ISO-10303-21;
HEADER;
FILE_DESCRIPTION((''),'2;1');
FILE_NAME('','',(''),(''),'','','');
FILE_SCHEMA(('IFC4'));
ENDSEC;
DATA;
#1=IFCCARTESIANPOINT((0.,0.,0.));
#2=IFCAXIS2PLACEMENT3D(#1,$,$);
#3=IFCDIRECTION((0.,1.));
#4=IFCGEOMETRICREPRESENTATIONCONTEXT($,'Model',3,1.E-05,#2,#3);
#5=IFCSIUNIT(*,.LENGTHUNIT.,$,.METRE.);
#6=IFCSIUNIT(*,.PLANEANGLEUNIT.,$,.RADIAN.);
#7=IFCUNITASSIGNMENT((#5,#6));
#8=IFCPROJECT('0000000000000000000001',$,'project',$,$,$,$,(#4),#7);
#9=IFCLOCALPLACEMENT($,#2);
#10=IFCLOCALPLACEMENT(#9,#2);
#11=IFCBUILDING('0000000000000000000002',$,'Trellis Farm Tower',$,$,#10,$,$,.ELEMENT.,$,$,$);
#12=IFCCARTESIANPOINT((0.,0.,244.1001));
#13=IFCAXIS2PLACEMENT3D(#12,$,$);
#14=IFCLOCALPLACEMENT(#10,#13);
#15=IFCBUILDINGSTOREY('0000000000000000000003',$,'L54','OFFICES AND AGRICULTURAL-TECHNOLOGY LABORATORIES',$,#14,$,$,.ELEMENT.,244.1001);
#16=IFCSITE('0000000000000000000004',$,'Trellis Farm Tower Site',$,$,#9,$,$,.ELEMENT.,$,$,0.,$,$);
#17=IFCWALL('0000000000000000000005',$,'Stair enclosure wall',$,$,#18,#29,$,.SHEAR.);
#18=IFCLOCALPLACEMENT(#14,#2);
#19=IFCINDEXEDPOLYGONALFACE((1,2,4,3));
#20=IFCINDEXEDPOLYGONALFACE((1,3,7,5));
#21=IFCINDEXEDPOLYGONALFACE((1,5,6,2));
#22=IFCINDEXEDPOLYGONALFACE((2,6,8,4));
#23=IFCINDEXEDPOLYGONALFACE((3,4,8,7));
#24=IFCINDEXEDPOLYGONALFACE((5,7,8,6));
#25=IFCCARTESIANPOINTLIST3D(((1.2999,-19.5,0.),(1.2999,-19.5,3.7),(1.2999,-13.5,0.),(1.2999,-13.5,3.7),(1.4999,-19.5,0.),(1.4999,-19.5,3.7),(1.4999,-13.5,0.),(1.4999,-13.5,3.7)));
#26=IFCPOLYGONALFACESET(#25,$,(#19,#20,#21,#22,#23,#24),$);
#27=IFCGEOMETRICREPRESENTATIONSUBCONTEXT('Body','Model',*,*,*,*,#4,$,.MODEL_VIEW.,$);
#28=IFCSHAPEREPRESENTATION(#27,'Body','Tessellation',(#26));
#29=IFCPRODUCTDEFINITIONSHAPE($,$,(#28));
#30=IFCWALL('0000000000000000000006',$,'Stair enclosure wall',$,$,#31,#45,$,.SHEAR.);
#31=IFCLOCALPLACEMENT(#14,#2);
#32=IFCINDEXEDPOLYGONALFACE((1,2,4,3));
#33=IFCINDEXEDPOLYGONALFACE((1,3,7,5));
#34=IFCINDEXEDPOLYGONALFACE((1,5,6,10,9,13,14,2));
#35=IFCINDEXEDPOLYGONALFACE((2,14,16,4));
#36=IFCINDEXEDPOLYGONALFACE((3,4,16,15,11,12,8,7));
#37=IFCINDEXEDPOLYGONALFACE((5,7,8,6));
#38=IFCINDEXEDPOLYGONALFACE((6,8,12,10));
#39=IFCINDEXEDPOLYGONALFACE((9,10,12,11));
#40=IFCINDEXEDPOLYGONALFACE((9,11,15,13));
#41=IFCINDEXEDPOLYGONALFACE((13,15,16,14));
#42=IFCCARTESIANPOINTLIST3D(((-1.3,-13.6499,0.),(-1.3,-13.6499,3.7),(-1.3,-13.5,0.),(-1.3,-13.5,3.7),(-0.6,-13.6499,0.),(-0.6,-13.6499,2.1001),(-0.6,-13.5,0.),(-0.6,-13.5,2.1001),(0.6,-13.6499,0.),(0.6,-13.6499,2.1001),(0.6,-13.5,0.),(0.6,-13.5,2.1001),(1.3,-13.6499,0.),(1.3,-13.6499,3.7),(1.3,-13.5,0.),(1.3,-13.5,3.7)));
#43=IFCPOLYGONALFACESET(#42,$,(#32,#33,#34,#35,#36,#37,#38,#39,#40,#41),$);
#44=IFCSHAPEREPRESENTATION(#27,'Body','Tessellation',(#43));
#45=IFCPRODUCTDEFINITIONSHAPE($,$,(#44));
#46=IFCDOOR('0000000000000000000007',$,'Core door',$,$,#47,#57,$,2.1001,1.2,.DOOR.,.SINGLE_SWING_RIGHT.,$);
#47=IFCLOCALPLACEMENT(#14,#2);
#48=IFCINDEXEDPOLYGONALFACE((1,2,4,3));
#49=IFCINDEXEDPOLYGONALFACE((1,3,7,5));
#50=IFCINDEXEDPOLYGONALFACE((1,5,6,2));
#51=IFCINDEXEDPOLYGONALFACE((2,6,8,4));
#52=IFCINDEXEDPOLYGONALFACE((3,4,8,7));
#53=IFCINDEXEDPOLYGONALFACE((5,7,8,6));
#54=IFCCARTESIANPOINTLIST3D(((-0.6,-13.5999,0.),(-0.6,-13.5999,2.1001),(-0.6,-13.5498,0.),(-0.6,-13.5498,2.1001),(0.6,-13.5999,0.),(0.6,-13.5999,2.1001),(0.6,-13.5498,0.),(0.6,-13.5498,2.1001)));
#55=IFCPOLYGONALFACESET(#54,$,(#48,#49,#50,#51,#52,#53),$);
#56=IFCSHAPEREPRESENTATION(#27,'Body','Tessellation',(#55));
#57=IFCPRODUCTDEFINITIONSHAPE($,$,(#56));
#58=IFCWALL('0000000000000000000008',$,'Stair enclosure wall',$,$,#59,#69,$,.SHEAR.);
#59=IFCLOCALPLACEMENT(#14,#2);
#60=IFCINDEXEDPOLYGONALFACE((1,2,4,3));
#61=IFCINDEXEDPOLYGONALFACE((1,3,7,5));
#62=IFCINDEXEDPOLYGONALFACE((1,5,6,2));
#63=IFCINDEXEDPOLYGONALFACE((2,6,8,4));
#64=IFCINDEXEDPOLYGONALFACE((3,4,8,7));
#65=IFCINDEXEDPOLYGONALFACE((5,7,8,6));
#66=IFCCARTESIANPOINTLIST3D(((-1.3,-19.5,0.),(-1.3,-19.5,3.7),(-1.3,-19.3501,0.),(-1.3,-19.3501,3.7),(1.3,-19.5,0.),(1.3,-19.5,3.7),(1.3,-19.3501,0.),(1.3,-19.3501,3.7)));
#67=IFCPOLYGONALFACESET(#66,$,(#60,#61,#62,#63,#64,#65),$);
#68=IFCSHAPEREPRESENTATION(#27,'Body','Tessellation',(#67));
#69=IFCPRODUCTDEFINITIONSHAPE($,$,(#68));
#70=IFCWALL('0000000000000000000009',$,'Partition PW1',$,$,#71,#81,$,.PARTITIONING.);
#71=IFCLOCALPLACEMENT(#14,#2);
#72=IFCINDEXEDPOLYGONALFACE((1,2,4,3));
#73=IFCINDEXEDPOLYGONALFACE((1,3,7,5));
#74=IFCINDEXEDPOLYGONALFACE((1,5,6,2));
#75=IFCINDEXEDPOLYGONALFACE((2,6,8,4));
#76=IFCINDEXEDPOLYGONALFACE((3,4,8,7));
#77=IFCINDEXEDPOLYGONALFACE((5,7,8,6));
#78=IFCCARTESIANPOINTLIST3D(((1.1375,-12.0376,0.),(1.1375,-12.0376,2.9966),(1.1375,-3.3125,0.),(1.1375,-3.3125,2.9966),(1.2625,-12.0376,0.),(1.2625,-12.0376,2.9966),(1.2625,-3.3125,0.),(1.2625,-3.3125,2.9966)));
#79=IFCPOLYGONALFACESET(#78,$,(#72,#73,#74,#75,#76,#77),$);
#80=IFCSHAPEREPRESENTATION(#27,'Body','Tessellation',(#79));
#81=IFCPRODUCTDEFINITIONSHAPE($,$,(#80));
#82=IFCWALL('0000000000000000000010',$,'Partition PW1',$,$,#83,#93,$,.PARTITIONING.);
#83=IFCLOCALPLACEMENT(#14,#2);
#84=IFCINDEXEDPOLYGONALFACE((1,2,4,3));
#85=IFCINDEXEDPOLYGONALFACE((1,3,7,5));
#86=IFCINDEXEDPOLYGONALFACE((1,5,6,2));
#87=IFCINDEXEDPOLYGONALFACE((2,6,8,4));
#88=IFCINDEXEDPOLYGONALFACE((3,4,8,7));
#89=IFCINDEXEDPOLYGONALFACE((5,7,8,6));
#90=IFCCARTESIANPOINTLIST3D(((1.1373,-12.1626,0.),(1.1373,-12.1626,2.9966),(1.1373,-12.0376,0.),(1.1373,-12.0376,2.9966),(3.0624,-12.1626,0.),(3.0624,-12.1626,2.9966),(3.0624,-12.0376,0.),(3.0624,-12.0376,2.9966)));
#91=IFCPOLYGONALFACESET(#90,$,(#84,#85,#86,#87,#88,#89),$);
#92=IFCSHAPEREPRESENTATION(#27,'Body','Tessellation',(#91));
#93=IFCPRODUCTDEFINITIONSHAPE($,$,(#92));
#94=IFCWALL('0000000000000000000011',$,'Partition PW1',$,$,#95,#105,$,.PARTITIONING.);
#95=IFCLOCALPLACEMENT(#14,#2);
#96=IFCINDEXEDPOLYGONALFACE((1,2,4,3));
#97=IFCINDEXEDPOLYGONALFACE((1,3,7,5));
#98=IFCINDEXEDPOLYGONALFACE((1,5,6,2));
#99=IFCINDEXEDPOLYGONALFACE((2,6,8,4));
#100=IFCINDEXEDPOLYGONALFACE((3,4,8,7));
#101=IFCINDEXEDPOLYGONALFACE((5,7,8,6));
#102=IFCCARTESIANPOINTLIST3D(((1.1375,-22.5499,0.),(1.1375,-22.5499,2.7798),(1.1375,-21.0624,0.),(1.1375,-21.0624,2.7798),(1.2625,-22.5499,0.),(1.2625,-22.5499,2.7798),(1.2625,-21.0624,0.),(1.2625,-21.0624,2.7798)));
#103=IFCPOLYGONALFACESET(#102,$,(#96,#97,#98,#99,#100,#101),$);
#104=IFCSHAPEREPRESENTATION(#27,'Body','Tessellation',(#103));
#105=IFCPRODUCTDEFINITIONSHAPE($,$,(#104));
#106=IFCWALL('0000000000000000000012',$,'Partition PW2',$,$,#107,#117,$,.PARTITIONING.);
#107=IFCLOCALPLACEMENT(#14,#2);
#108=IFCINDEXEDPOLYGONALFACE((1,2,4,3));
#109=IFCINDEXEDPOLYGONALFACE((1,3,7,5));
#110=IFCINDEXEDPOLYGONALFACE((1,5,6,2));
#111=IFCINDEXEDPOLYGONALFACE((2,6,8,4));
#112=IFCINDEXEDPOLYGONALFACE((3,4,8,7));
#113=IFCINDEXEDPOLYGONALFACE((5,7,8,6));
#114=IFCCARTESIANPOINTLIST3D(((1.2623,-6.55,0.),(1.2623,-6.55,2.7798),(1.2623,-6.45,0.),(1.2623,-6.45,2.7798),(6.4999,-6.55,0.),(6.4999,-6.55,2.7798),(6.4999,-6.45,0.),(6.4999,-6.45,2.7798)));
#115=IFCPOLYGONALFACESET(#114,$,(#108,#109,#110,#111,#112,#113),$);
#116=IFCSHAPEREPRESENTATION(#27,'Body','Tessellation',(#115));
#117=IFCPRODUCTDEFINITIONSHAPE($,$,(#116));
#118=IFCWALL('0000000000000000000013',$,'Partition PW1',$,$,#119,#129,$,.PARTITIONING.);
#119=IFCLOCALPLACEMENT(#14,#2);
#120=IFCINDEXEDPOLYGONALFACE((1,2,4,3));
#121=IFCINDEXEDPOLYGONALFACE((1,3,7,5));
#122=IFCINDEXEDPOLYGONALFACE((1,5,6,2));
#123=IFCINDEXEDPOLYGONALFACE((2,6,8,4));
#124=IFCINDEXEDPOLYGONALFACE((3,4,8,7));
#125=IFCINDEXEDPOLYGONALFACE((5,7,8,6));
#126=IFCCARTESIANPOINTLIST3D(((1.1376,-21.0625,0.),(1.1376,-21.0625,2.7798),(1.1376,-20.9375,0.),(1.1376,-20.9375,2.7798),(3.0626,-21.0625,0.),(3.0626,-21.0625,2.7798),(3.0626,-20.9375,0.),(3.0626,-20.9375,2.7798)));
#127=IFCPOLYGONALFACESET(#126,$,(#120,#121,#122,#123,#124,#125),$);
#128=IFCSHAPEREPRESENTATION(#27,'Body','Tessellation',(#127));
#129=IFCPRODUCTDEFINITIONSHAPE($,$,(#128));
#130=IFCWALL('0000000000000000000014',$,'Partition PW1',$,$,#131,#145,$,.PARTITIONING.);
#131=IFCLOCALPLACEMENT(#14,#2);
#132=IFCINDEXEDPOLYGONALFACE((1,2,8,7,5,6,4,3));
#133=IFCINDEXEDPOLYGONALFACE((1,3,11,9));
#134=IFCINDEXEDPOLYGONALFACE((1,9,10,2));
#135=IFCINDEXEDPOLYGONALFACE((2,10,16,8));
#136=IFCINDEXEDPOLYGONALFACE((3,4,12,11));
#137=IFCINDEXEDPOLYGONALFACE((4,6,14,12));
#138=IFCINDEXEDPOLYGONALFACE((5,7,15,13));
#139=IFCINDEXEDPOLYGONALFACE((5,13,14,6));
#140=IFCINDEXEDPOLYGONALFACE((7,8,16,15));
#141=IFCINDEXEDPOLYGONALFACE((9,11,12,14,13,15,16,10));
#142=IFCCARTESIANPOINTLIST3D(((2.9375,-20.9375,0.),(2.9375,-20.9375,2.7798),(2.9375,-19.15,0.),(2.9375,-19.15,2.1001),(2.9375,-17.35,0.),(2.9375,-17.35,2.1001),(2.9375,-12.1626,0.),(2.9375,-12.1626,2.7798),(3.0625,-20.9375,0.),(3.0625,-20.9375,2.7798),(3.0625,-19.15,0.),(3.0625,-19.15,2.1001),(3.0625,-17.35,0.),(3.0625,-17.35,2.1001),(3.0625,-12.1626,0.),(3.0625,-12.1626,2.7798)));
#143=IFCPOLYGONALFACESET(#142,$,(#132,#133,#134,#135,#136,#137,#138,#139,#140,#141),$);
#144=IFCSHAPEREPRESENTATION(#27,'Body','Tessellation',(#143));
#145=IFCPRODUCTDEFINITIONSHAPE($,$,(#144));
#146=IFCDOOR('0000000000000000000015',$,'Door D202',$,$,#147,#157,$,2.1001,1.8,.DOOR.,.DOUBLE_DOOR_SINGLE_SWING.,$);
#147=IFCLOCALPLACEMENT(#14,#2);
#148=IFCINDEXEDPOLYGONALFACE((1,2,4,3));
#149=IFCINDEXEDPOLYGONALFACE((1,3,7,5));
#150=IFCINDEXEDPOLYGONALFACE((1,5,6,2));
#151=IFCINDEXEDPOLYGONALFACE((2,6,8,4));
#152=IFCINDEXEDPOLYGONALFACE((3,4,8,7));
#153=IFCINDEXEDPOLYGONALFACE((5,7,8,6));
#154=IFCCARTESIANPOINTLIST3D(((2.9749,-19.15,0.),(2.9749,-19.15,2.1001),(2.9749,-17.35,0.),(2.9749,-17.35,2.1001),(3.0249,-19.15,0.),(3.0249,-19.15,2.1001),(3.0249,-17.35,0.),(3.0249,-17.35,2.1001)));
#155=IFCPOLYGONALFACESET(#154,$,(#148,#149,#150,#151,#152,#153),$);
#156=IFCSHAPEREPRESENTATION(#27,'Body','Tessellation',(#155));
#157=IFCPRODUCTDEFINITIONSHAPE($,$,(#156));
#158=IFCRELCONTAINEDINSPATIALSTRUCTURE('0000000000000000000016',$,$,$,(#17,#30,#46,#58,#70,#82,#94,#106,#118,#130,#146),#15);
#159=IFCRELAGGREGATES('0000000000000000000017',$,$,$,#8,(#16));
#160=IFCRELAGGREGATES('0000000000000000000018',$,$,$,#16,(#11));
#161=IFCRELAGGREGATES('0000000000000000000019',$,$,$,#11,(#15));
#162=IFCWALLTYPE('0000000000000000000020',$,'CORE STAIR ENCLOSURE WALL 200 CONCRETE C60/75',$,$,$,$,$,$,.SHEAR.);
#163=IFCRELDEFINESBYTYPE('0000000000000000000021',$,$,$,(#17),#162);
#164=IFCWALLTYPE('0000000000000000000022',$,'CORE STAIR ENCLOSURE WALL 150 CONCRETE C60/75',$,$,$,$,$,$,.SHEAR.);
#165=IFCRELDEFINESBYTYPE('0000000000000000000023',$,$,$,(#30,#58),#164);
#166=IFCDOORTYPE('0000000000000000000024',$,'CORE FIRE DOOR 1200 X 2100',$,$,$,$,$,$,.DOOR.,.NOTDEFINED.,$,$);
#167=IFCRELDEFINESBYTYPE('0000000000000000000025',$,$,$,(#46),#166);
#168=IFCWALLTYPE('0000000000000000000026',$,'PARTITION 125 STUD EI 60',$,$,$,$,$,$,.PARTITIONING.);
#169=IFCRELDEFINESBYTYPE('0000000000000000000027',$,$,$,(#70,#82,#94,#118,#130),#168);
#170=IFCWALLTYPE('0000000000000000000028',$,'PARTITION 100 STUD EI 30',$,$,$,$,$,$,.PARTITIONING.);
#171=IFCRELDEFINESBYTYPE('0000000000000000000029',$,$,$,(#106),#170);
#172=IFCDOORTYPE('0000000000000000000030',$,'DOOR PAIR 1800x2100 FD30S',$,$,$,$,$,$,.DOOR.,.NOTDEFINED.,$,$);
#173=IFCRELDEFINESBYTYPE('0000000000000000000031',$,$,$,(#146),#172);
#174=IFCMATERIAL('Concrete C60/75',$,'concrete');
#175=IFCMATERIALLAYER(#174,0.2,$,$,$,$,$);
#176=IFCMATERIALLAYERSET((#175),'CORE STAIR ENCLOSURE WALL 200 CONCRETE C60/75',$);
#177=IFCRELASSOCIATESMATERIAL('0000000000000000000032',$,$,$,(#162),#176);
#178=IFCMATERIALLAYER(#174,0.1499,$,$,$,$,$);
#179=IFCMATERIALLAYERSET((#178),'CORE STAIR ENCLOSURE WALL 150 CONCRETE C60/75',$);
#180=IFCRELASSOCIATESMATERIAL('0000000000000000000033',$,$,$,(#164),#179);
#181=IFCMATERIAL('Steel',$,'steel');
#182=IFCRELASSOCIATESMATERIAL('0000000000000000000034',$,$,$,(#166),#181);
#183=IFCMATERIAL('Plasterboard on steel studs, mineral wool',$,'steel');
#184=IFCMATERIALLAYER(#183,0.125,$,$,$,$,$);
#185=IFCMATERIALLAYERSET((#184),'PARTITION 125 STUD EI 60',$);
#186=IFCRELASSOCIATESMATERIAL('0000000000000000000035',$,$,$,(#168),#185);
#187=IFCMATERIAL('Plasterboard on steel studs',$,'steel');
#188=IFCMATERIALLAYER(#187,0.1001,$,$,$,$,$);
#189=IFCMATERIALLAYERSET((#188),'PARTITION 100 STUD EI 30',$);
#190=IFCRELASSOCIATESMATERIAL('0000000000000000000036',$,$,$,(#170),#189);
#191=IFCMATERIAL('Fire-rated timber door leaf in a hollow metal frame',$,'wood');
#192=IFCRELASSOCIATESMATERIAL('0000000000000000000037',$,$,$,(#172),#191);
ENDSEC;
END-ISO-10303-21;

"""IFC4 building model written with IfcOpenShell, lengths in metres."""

from ifc_helpers import new_model, si_unit, direction, frame, frame_2d, origin, place, context, subcontext, project, spatial, rectangle, extrude, source, transform, mapped, material, layer, layer_set, type_object, element, fill, save


model = new_model("IFC4")

# Units and contexts
model_context = context("Model", 3, precision=1e-05, world=origin(), true_north=direction((0.0, 1.0)))
body_context = subcontext(model_context, "Body", "Model", "MODEL_VIEW")
ifc_project = project(units=[si_unit("LENGTHUNIT", "METRE"), si_unit("PLANEANGLEUNIT", "RADIAN")], contexts=[model_context])

# Site, building, storey
site_placement = place(None, origin())
site = spatial("IfcSite", under=ifc_project, at=site_placement, Name="Trellis Farm Tower Site", CompositionType="ELEMENT", RefElevation=0.0)
building_placement = place(site_placement, origin())
building = spatial("IfcBuilding", under=site, at=building_placement, Name="Trellis Farm Tower", CompositionType="ELEMENT")
storey_placement = place(building_placement, frame((0.0, 0.0, 244.1001)))
storey = spatial("IfcBuildingStorey", under=building, at=storey_placement, Name="L54", Description="OFFICES AND AGRICULTURAL-TECHNOLOGY LABORATORIES", CompositionType="ELEMENT", Elevation=244.1001)

# Shared definitions
ifc_material_1 = material(Name="Concrete C60/75", Category="concrete")

# Wall
ifc_layer_1 = layer(ifc_material_1, 0.2)
ifc_layer_set_1 = layer_set([ifc_layer_1], Name="CORE STAIR ENCLOSURE WALL 200 CONCRETE C60/75")
wall_type_1 = type_object("IfcWallType", Name="CORE STAIR ENCLOSURE WALL 200 CONCRETE C60/75", PredefinedType="SHEAR", material=ifc_layer_set_1)
shared_shape_1 = source(origin(), body_context, "Body", "SweptSolid", [
    extrude(rectangle(XDim=6.0, YDim=0.2, at=frame_2d((3.0, 0.0))), origin(), (0.0, 0.0, 1.0), 3.7),
])
wall_1_placement = place(storey_placement, frame((1.3999, -13.5, 0.0), z_axis=(0.0, 0.0, 1.0), x_axis=(0.0, -1.0, 0.0)))
element("IfcWall", 1, at=wall_1_placement, inside=storey, type_object=wall_type_1, Name="Stair enclosure wall", PredefinedType="SHEAR", context=body_context, shape_type="MappedRepresentation", body=[
    mapped(shared_shape_1, transform((0.0, 0.0, 0.0))),
])

# Wall, opening, door
ifc_layer_2 = layer(ifc_material_1, 0.1499)
ifc_layer_set_2 = layer_set([ifc_layer_2], Name="CORE STAIR ENCLOSURE WALL 150 CONCRETE C60/75")
wall_type_2 = type_object("IfcWallType", Name="CORE STAIR ENCLOSURE WALL 150 CONCRETE C60/75", PredefinedType="SHEAR", material=ifc_layer_set_2)
shared_shape_2 = source(origin(), body_context, "Body", "SweptSolid", [
    extrude(rectangle(XDim=2.6001, YDim=0.1499, at=frame_2d((1.3, 0.0))), origin(), (0.0, 0.0, 1.0), 3.7),
])
wall_2_placement = place(storey_placement, frame((1.3, -13.575, 0.0), z_axis=(0.0, 0.0, 1.0), x_axis=(-1.0, 0.0, 0.0)))
wall_2 = element("IfcWall", 2, at=wall_2_placement, inside=storey, type_object=wall_type_2, Name="Stair enclosure wall", PredefinedType="SHEAR", context=body_context, shape_type="MappedRepresentation", body=[
    mapped(shared_shape_2, transform((0.0, 0.0, 0.0))),
])
shared_shape_3 = source(origin(), body_context, "Body", "SweptSolid", [
    extrude(rectangle(XDim=1.2, YDim=2.1001, at=frame_2d((0.6001, 1.05))), frame((0.0, 0.085, 0.0), z_axis=(0.0, -1.0, 0.0), x_axis=(1.0, 0.0, 0.0)), (0.0, 0.0, 1.0), 0.1699),
])
opening_1_placement = place(wall_2_placement, frame((0.7, 0.0, 0.0)))
opening_1 = element("IfcOpeningElement", 3, at=opening_1_placement, cuts=wall_2, PredefinedType="OPENING", context=body_context, shape_type="MappedRepresentation", body=[
    mapped(shared_shape_3, transform((0.0, 0.0, 0.0))),
])
ifc_material_2 = material(Name="Steel", Category="steel")
door_type_1 = type_object("IfcDoorType", Name="CORE FIRE DOOR 1200 X 2100", OperationType="NOTDEFINED", PredefinedType="DOOR", material=ifc_material_2)
shared_shape_4 = source(origin(), body_context, "Body", "SweptSolid", [
    extrude(rectangle(XDim=1.2, YDim=2.1001, at=frame_2d((0.6001, 1.05))), frame((0.0, 0.0249, 0.0), z_axis=(0.0, -1.0, 0.0), x_axis=(1.0, 0.0, 0.0)), (0.0, 0.0, 1.0), 0.05),
])
door_1_placement = place(opening_1_placement, origin())
door_1 = element("IfcDoor", 4, at=door_1_placement, inside=storey, type_object=door_type_1, Name="Core door", OperationType="SINGLE_SWING_RIGHT", OverallHeight=2.1001, OverallWidth=1.2, PredefinedType="DOOR", context=body_context, shape_type="MappedRepresentation", body=[
    mapped(shared_shape_4, transform((0.0, 0.0, 0.0))),
])
fill(opening_1, door_1)

# Walls
wall_3_placement = place(storey_placement, frame((1.3, -19.425, 0.0), z_axis=(0.0, 0.0, 1.0), x_axis=(-1.0, 0.0, 0.0)))
element("IfcWall", 5, at=wall_3_placement, inside=storey, type_object=wall_type_2, Name="Stair enclosure wall", PredefinedType="SHEAR", context=body_context, shape_type="MappedRepresentation", body=[
    mapped(shared_shape_2, transform((0.0, 0.0, 0.0))),
])
ifc_material_3 = material(Name="Plasterboard on steel studs, mineral wool", Category="steel")
ifc_layer_3 = layer(ifc_material_3, 0.125)
ifc_layer_set_3 = layer_set([ifc_layer_3], Name="PARTITION 125 STUD EI 60")
wall_type_3 = type_object("IfcWallType", Name="PARTITION 125 STUD EI 60", PredefinedType="PARTITIONING", material=ifc_layer_set_3)
shared_shape_5 = source(origin(), body_context, "Body", "SweptSolid", [
    extrude(rectangle(XDim=8.7251, YDim=0.125, at=frame_2d((4.3625, 0.0))), origin(), (0.0, 0.0, 1.0), 2.9966),
])
wall_4_placement = place(storey_placement, frame((1.2, -3.3125, 0.0), z_axis=(0.0, 0.0, 1.0), x_axis=(0.0, -1.0, 0.0)))
element("IfcWall", 6, at=wall_4_placement, inside=storey, type_object=wall_type_3, Name="Partition PW1", PredefinedType="PARTITIONING", context=body_context, shape_type="MappedRepresentation", body=[
    mapped(shared_shape_5, transform((0.0, 0.0, 0.0))),
])
shared_shape_6 = source(origin(), body_context, "Body", "SweptSolid", [
    extrude(rectangle(XDim=1.925, YDim=0.125, at=frame_2d((0.9624, 0.0))), origin(), (0.0, 0.0, 1.0), 2.9966),
])
wall_5_placement = place(storey_placement, frame((1.1375, -12.1001, 0.0), z_axis=(0.0, 0.0, 1.0), x_axis=(1.0, 0.0, 0.0)))
element("IfcWall", 7, at=wall_5_placement, inside=storey, type_object=wall_type_3, Name="Partition PW1", PredefinedType="PARTITIONING", context=body_context, shape_type="MappedRepresentation", body=[
    mapped(shared_shape_6, transform((0.0, 0.0, 0.0))),
])
shared_shape_7 = source(origin(), body_context, "Body", "SweptSolid", [
    extrude(rectangle(XDim=1.4875, YDim=0.125, at=frame_2d((0.7437, 0.0))), origin(), (0.0, 0.0, 1.0), 2.7798),
])
wall_6_placement = place(storey_placement, frame((1.2, -21.0625, 0.0), z_axis=(0.0, 0.0, 1.0), x_axis=(0.0, -1.0, 0.0)))
element("IfcWall", 8, at=wall_6_placement, inside=storey, type_object=wall_type_3, Name="Partition PW1", PredefinedType="PARTITIONING", context=body_context, shape_type="MappedRepresentation", body=[
    mapped(shared_shape_7, transform((0.0, 0.0, 0.0))),
])
ifc_material_4 = material(Name="Plasterboard on steel studs", Category="steel")
ifc_layer_4 = layer(ifc_material_4, 0.1001)
ifc_layer_set_4 = layer_set([ifc_layer_4], Name="PARTITION 100 STUD EI 30")
wall_type_4 = type_object("IfcWallType", Name="PARTITION 100 STUD EI 30", PredefinedType="PARTITIONING", material=ifc_layer_set_4)
shared_shape_8 = source(origin(), body_context, "Body", "SweptSolid", [
    extrude(rectangle(XDim=5.2375, YDim=0.1001, at=frame_2d((2.6187, 0.0))), origin(), (0.0, 0.0, 1.0), 2.7798),
])
wall_7_placement = place(storey_placement, frame((1.2625, -6.5, 0.0), z_axis=(0.0, 0.0, 1.0), x_axis=(1.0, 0.0, 0.0)))
element("IfcWall", 9, at=wall_7_placement, inside=storey, type_object=wall_type_4, Name="Partition PW2", PredefinedType="PARTITIONING", context=body_context, shape_type="MappedRepresentation", body=[
    mapped(shared_shape_8, transform((0.0, 0.0, 0.0))),
])
shared_shape_9 = source(origin(), body_context, "Body", "SweptSolid", [
    extrude(rectangle(XDim=1.925, YDim=0.125, at=frame_2d((0.9624, 0.0))), origin(), (0.0, 0.0, 1.0), 2.7798),
])
wall_8_placement = place(storey_placement, frame((3.0625, -21.0, 0.0), z_axis=(0.0, 0.0, 1.0), x_axis=(-1.0, 0.0, 0.0)))
element("IfcWall", 10, at=wall_8_placement, inside=storey, type_object=wall_type_3, Name="Partition PW1", PredefinedType="PARTITIONING", context=body_context, shape_type="MappedRepresentation", body=[
    mapped(shared_shape_9, transform((0.0, 0.0, 0.0))),
])

# Wall, opening, door
shared_shape_10 = source(origin(), body_context, "Body", "SweptSolid", [
    extrude(rectangle(XDim=8.7749, YDim=0.125, at=frame_2d((4.3875, 0.0))), origin(), (0.0, 0.0, 1.0), 2.7798),
])
wall_9_placement = place(storey_placement, frame((3.0, -12.1626, 0.0), z_axis=(0.0, 0.0, 1.0), x_axis=(0.0, -1.0, 0.0)))
wall_9 = element("IfcWall", 11, at=wall_9_placement, inside=storey, type_object=wall_type_3, Name="Partition PW1", PredefinedType="PARTITIONING", context=body_context, shape_type="MappedRepresentation", body=[
    mapped(shared_shape_10, transform((0.0, 0.0, 0.0))),
])
shared_shape_11 = source(origin(), body_context, "Body", "SweptSolid", [
    extrude(rectangle(XDim=1.8, YDim=2.1001, at=frame_2d((0.8999, 1.05))), frame((0.0, 0.0725, 0.0), z_axis=(0.0, -1.0, 0.0), x_axis=(1.0, 0.0, 0.0)), (0.0, 0.0, 1.0), 0.145),
])
opening_2_placement = place(wall_9_placement, frame((5.1875, 0.0, 0.0)))
opening_2 = element("IfcOpeningElement", 12, at=opening_2_placement, cuts=wall_9, PredefinedType="OPENING", context=body_context, shape_type="MappedRepresentation", body=[
    mapped(shared_shape_11, transform((0.0, 0.0, 0.0))),
])
ifc_material_5 = material(Name="Fire-rated timber door leaf in a hollow metal frame", Category="wood")
door_type_2 = type_object("IfcDoorType", Name="DOOR PAIR 1800x2100 FD30S", OperationType="NOTDEFINED", PredefinedType="DOOR", material=ifc_material_5)
shared_shape_12 = source(origin(), body_context, "Body", "SweptSolid", [
    extrude(rectangle(XDim=1.8, YDim=2.1001, at=frame_2d((0.8999, 1.05))), frame((0.0, 0.0249, 0.0), z_axis=(0.0, -1.0, 0.0), x_axis=(1.0, 0.0, 0.0)), (0.0, 0.0, 1.0), 0.05),
])
door_2_placement = place(opening_2_placement, origin())
door_2 = element("IfcDoor", 13, at=door_2_placement, inside=storey, type_object=door_type_2, Name="Door D202", OperationType="DOUBLE_DOOR_SINGLE_SWING", OverallHeight=2.1001, OverallWidth=1.8, PredefinedType="DOOR", context=body_context, shape_type="MappedRepresentation", body=[
    mapped(shared_shape_12, transform((0.0, 0.0, 0.0))),
])
fill(opening_2, door_2)

save(model, "model.ifc")
